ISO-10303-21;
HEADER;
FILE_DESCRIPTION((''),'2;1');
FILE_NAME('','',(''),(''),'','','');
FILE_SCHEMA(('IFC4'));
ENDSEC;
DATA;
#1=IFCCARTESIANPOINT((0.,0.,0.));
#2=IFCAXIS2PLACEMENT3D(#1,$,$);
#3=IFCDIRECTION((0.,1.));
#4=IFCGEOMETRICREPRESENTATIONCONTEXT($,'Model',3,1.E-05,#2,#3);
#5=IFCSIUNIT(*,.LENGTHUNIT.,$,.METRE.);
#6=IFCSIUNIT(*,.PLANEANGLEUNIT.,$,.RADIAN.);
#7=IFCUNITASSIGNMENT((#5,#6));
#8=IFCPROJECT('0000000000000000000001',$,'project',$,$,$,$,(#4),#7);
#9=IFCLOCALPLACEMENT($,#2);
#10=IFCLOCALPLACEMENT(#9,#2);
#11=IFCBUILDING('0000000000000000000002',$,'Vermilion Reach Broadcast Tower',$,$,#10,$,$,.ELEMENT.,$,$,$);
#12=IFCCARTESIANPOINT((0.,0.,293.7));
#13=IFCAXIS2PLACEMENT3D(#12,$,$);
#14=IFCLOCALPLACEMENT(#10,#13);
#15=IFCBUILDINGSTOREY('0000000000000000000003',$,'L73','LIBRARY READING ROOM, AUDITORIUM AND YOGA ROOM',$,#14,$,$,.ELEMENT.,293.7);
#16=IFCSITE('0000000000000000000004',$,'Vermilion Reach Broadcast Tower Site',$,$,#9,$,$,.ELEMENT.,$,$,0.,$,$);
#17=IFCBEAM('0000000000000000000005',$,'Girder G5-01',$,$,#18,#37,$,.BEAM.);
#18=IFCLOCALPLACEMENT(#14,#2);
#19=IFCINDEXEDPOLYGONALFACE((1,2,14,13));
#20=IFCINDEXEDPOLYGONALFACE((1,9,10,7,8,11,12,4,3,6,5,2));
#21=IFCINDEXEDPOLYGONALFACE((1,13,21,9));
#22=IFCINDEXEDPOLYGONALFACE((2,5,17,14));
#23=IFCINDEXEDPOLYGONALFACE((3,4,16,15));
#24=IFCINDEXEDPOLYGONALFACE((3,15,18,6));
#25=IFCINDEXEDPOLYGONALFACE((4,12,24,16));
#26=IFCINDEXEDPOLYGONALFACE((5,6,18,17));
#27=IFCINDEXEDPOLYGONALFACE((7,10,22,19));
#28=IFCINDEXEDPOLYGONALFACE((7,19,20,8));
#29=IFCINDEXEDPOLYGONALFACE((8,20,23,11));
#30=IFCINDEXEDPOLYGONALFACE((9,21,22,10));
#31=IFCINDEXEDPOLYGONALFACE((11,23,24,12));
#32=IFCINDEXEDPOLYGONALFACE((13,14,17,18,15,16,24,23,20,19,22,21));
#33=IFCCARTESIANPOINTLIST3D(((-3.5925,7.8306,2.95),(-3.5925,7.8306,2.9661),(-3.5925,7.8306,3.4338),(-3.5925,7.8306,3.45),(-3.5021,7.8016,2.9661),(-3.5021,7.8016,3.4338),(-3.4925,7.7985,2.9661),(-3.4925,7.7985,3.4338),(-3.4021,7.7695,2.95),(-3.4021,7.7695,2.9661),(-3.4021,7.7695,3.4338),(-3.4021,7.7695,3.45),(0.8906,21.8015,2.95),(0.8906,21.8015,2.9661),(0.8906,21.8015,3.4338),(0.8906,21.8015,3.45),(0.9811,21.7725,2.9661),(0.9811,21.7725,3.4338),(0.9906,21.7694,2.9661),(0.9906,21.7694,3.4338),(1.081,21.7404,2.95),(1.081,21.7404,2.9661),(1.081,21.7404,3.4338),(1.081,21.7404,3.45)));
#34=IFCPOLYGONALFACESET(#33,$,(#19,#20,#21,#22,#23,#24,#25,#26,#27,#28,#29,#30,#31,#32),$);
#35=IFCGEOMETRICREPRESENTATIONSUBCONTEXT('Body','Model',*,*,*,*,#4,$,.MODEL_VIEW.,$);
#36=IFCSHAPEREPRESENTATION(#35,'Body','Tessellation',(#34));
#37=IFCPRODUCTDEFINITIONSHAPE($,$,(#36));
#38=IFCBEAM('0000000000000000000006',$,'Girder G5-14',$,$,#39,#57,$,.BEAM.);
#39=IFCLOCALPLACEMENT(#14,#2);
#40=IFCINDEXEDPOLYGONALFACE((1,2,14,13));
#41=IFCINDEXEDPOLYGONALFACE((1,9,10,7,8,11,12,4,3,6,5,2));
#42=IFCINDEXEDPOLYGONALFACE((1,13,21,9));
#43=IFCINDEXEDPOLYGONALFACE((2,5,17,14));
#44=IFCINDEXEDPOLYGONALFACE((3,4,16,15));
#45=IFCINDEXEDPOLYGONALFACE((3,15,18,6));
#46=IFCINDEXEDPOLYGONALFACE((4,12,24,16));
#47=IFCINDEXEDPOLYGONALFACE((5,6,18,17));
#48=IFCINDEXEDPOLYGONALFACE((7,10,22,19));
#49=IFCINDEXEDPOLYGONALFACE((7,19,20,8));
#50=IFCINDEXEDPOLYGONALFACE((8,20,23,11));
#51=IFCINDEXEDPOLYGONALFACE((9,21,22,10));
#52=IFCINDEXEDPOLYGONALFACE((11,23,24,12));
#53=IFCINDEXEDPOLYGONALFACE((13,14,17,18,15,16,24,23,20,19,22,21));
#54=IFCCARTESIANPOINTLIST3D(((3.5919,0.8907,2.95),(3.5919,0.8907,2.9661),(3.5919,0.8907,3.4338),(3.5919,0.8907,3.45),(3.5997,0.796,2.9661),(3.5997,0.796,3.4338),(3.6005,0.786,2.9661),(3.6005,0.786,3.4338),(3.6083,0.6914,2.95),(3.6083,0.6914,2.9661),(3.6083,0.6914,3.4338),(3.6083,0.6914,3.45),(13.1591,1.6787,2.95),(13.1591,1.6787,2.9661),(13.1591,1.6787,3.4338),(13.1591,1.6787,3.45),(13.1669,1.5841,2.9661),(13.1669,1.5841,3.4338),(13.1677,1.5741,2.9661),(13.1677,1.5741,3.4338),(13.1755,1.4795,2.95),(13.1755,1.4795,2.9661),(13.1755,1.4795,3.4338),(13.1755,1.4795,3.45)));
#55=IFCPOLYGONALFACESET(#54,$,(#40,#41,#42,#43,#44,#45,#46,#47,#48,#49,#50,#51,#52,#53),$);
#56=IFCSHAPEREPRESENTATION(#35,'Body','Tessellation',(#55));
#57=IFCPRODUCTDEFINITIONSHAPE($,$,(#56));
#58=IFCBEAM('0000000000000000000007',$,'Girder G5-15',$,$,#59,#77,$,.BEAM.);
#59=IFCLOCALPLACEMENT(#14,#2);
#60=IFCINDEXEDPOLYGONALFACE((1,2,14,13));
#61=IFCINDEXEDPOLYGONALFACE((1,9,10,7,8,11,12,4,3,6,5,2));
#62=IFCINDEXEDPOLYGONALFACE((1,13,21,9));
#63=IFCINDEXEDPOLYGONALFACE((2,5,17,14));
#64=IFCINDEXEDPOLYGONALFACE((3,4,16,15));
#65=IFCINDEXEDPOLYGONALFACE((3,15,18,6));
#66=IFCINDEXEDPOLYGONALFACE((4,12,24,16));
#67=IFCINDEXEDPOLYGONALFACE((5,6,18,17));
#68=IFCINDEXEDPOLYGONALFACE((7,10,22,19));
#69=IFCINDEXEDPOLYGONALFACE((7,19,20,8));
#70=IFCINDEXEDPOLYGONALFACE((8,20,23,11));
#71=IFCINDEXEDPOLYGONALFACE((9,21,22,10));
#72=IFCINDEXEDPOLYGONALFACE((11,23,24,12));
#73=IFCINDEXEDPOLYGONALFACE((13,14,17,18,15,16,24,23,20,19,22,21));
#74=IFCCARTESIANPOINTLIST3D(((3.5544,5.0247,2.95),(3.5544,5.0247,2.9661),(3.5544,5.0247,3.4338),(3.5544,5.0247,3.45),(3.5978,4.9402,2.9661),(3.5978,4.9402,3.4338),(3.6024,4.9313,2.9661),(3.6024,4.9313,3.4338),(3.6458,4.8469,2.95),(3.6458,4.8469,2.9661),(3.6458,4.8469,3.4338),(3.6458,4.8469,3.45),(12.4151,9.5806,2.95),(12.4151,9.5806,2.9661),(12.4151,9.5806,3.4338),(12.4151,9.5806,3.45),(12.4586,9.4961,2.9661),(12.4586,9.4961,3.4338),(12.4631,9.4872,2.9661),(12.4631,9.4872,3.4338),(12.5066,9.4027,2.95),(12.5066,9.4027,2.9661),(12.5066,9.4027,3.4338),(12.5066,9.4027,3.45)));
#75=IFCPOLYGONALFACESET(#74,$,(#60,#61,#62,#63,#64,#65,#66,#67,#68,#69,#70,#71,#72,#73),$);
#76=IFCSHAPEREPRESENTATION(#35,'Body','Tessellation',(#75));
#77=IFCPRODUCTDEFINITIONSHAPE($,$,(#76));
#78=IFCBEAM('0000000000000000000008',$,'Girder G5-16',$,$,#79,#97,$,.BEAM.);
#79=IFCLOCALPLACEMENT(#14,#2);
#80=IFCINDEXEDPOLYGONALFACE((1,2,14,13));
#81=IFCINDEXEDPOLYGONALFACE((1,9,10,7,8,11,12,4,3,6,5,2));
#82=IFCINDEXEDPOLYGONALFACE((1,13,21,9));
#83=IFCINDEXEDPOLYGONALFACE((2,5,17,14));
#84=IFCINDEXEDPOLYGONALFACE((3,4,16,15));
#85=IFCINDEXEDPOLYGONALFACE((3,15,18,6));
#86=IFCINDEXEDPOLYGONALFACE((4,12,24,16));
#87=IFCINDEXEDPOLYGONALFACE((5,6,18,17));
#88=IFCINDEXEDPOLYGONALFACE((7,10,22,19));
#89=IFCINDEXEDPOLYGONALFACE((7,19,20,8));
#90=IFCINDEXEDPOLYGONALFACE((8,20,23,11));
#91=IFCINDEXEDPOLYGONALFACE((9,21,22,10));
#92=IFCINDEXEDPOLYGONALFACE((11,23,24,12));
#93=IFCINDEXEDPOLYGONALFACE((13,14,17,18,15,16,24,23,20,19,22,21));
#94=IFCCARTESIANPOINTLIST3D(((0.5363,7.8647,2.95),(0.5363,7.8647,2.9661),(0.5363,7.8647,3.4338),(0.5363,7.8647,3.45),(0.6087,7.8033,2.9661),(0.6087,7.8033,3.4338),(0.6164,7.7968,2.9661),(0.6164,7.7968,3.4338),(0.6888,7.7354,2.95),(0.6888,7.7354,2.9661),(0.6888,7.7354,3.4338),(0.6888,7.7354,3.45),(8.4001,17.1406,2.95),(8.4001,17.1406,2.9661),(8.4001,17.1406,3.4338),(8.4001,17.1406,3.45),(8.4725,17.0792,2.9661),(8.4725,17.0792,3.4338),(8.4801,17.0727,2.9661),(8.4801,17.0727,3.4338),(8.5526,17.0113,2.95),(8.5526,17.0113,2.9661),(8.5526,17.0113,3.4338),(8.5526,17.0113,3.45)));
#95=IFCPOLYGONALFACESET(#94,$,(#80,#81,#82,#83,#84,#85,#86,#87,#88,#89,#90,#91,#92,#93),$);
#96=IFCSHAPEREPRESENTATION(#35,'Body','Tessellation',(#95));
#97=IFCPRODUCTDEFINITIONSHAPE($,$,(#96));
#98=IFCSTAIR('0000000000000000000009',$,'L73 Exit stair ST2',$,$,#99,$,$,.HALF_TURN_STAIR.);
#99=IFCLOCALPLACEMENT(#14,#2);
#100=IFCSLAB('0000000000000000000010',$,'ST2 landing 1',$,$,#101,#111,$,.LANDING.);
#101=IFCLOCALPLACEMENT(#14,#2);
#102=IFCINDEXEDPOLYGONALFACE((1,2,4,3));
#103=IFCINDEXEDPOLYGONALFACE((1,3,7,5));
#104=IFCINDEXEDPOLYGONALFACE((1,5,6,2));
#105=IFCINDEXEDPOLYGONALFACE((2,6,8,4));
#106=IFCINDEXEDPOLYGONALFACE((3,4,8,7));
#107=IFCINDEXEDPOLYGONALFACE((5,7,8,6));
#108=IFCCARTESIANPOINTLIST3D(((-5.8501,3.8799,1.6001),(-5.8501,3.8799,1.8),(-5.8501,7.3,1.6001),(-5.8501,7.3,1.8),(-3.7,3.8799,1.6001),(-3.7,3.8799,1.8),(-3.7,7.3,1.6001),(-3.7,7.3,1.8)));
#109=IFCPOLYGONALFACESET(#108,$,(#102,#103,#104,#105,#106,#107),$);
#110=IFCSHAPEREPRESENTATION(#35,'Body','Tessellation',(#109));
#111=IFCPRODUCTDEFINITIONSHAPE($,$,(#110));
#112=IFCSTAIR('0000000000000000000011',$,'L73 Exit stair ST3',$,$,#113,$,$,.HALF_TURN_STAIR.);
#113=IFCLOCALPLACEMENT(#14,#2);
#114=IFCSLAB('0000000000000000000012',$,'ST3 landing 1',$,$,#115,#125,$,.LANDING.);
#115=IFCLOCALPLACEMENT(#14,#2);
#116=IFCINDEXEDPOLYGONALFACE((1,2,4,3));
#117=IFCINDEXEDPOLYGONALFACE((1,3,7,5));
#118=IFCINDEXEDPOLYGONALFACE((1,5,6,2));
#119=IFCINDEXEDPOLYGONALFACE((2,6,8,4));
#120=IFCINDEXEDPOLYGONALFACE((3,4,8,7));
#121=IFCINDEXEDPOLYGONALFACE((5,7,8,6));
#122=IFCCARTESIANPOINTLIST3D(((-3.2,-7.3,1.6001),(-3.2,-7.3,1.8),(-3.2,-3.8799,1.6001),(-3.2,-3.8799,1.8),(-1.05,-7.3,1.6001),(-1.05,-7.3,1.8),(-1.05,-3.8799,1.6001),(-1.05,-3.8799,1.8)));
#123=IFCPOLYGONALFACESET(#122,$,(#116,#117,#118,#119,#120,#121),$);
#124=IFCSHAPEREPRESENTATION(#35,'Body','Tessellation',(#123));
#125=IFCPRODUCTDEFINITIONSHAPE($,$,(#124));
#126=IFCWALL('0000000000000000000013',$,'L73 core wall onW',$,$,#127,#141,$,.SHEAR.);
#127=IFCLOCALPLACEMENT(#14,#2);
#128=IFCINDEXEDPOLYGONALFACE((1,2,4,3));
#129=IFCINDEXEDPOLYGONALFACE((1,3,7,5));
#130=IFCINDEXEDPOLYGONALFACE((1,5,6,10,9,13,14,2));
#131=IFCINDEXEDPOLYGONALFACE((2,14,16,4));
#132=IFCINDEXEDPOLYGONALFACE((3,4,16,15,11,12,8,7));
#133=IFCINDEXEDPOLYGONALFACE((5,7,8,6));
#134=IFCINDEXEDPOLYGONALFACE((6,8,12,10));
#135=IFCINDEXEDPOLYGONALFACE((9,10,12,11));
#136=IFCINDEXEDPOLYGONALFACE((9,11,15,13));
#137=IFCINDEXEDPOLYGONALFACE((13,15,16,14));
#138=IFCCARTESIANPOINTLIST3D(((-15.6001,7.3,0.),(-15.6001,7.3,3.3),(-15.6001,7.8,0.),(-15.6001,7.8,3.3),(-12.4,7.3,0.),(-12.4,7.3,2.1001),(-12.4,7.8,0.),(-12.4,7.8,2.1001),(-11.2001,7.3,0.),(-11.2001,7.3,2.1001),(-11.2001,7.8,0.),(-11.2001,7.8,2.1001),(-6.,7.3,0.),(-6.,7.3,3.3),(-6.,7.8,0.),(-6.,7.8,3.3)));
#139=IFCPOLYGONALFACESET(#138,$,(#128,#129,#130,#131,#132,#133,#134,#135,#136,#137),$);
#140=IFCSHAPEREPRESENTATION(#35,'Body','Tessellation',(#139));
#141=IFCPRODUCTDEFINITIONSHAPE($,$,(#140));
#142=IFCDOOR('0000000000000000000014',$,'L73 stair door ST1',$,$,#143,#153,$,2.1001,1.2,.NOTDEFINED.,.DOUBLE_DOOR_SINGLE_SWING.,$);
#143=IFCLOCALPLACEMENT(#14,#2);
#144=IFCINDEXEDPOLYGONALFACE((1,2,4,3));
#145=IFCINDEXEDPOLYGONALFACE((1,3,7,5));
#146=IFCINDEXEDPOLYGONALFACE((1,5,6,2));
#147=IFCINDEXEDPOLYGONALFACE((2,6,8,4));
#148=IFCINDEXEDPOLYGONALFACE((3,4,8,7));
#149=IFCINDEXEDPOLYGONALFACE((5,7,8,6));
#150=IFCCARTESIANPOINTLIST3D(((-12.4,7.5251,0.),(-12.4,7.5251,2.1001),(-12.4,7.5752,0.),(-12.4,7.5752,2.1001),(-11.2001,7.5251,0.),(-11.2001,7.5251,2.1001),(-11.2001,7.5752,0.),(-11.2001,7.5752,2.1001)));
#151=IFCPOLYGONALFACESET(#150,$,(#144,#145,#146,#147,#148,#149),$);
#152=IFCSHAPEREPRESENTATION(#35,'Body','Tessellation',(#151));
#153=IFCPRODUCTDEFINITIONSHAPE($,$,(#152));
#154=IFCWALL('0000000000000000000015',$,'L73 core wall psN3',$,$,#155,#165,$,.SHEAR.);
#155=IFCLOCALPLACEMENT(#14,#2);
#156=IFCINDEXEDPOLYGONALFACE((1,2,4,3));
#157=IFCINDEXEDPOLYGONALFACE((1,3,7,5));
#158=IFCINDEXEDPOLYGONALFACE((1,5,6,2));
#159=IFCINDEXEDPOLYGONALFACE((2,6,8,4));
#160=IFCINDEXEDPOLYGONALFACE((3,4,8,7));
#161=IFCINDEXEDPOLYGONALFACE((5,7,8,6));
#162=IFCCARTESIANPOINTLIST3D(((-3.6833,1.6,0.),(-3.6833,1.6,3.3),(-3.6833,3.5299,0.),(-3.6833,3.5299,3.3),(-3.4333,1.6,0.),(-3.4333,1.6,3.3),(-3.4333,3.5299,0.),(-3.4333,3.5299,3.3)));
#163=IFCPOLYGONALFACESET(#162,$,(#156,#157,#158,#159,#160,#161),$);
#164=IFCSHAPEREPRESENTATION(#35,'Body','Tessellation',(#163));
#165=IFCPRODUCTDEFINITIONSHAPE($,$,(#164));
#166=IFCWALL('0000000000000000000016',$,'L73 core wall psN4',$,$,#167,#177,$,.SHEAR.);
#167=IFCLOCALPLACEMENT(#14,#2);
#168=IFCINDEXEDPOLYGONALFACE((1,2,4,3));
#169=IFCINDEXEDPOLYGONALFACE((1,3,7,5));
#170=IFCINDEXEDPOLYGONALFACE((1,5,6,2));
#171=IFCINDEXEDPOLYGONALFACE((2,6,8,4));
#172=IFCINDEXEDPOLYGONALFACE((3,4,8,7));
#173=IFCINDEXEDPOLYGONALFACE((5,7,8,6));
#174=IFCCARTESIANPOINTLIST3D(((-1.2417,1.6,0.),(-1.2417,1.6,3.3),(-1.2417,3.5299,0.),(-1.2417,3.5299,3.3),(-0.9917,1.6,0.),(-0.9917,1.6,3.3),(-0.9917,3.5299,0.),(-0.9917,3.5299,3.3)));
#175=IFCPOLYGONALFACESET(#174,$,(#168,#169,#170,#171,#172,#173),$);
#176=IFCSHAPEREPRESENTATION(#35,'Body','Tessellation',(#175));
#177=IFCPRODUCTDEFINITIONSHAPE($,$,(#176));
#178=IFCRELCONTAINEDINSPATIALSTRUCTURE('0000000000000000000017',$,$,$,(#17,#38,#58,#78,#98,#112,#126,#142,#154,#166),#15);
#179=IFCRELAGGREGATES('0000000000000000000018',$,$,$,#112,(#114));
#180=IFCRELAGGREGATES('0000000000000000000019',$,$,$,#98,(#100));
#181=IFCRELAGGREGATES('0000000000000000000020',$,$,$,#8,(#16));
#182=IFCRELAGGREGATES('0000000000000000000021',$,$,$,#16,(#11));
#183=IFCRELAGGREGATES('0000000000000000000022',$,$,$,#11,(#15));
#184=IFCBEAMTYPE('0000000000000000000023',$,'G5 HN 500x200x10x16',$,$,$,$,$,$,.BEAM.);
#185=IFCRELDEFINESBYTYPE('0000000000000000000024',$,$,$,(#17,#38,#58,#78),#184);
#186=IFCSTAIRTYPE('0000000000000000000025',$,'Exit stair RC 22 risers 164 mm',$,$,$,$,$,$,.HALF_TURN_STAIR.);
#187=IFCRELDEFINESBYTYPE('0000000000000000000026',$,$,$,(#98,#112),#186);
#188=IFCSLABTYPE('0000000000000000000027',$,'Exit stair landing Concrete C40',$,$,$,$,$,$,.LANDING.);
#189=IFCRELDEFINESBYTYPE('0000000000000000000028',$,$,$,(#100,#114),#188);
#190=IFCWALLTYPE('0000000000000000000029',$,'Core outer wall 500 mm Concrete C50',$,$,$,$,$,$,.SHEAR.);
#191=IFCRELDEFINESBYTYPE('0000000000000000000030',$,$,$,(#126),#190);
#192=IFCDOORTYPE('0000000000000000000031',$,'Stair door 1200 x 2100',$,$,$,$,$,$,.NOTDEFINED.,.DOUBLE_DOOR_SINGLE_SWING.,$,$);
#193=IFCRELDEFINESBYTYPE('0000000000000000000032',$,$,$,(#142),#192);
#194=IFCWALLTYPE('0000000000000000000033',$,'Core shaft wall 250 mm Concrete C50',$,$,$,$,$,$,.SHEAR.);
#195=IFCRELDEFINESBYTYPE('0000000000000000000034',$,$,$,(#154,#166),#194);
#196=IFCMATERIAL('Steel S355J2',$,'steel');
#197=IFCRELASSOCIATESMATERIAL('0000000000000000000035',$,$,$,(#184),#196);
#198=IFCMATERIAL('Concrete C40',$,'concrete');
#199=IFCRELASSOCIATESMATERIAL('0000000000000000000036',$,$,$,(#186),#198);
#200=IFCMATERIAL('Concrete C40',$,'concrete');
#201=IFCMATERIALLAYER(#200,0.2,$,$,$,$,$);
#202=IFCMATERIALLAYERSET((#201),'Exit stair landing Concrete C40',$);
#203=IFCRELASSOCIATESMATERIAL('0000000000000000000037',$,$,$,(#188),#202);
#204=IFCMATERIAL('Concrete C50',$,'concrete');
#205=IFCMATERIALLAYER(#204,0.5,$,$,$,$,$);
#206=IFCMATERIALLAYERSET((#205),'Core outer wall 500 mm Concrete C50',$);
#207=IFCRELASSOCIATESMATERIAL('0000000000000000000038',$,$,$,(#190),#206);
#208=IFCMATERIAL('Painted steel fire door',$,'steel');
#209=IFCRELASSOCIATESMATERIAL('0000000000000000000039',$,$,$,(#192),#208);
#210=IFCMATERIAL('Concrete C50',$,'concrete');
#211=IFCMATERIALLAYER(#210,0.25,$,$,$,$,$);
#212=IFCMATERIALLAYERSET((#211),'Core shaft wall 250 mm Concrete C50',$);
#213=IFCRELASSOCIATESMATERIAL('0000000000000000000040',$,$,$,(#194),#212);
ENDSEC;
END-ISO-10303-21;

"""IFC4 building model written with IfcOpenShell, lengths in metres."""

from ifc_helpers import new_model, si_unit, direction, frame, frame_2d, origin, origin_2d, place, context, subcontext, project, spatial, polyline, rectangle, i_section, outline, extrude, material, layer, layer_set, material_profile, profile_set, type_object, element, fill, aggregate, save


model = new_model("IFC4")

# Units and contexts
model_context = context("Model", 3, precision=1e-05, world=origin(), true_north=direction((0.0, 1.0)))
body_context = subcontext(model_context, "Body", "Model", "MODEL_VIEW")
ifc_project = project(units=[si_unit("LENGTHUNIT", "METRE"), si_unit("PLANEANGLEUNIT", "RADIAN")], contexts=[model_context])

# Site, building, storey
site_placement = place(None, origin())
site = spatial("IfcSite", under=ifc_project, at=site_placement, Name="Vermilion Reach Broadcast Tower Site", CompositionType="ELEMENT", RefElevation=0.0)
building_placement = place(site_placement, origin())
building = spatial("IfcBuilding", under=site, at=building_placement, Name="Vermilion Reach Broadcast Tower", CompositionType="ELEMENT")
storey_placement = place(building_placement, frame((0.0, 0.0, 293.7)))
storey = spatial("IfcBuildingStorey", under=building, at=storey_placement, Name="L73", Description="LIBRARY READING ROOM, AUDITORIUM AND YOGA ROOM", CompositionType="ELEMENT", Elevation=293.7)

# Beams
ifc_material_1 = material(Name="Steel S355J2", Category="steel")
ifc_material_profile = material_profile(ifc_material_1, i_section(OverallWidth=0.2, OverallDepth=0.5, WebThickness=0.01, FlangeThickness=0.0161, at=origin_2d()), Name="S355J2 HN 500x200x10x16")
ifc_profile_set = profile_set([ifc_material_profile], Name="Steel S355J2")
beam_type = type_object("IfcBeamType", Name="G5 HN 500x200x10x16", PredefinedType="BEAM", material=ifc_profile_set)
beam_1_placement = place(storey_placement, frame((-3.4973, 7.8, 3.2), z_axis=(0.305545, 0.952178, 0.0), x_axis=(-0.952178, 0.305545, 0.0)))
element("IfcBeam", 1, at=beam_1_placement, inside=storey, type_object=beam_type, Name="Girder G5-01", PredefinedType="BEAM", context=body_context, shape_type="SweptSolid", body=[
    extrude(i_section(OverallWidth=0.2, OverallDepth=0.5, WebThickness=0.01, FlangeThickness=0.0161, at=origin_2d()), origin(), (0.0, 0.0, 1.0), 14.6726),
])
beam_2_placement = place(storey_placement, frame((3.6001, 0.791, 3.2), z_axis=(0.996624, 0.082096, 0.0), x_axis=(-0.082096, 0.996624, 0.0)))
element("IfcBeam", 2, at=beam_2_placement, inside=storey, type_object=beam_type, Name="Girder G5-14", PredefinedType="BEAM", context=body_context, shape_type="SweptSolid", body=[
    extrude(i_section(OverallWidth=0.2, OverallDepth=0.5, WebThickness=0.01, FlangeThickness=0.0161, at=origin_2d()), origin(), (0.0, 0.0, 1.0), 9.5996),
])
beam_3_placement = place(storey_placement, frame((3.6001, 4.9358, 3.2), z_axis=(0.889333, 0.457261, 0.0), x_axis=(-0.457261, 0.889333, 0.0)))
element("IfcBeam", 3, at=beam_3_placement, inside=storey, type_object=beam_type, Name="Girder G5-15", PredefinedType="BEAM", context=body_context, shape_type="SweptSolid", body=[
    extrude(i_section(OverallWidth=0.2, OverallDepth=0.5, WebThickness=0.01, FlangeThickness=0.0161, at=origin_2d()), origin(), (0.0, 0.0, 1.0), 9.9634),
])
beam_4_placement = place(storey_placement, frame((0.6125, 7.8, 3.2), z_axis=(0.646658, 0.76278, 0.0), x_axis=(-0.76278, 0.646658, 0.0)))
element("IfcBeam", 4, at=beam_4_placement, inside=storey, type_object=beam_type, Name="Girder G5-16", PredefinedType="BEAM", context=body_context, shape_type="SweptSolid", body=[
    extrude(i_section(OverallWidth=0.2, OverallDepth=0.5, WebThickness=0.01, FlangeThickness=0.0161, at=origin_2d()), origin(), (0.0, 0.0, 1.0), 12.1606),
])

# Stairs, slabs
ifc_material_2 = material(Name="Concrete C40", Category="concrete")
stair_type = type_object("IfcStairType", Name="Exit stair RC 22 risers 164 mm", PredefinedType="HALF_TURN_STAIR", material=ifc_material_2)
placement_1 = place(storey_placement, origin())
stair_1 = element("IfcStair", 5, at=placement_1, inside=storey, type_object=stair_type, Name="L73 Exit stair ST2", PredefinedType="HALF_TURN_STAIR")
ifc_material_3 = material(Name="Concrete C40", Category="concrete")
ifc_layer_1 = layer(ifc_material_3, 0.2)
ifc_layer_set_1 = layer_set([ifc_layer_1], Name="Exit stair landing Concrete C40")
slab_type = type_object("IfcSlabType", Name="Exit stair landing Concrete C40", PredefinedType="LANDING", material=ifc_layer_set_1)
placement_2 = place(storey_placement, frame((0.0, 0.0, 1.6001)))
slab_1 = element("IfcSlab", 6, at=placement_2, type_object=slab_type, Name="ST2 landing 1", PredefinedType="LANDING", context=body_context, shape_type="SweptSolid", body=[
    extrude(outline(polyline([(-3.7, 7.3), (-5.8501, 7.3), (-5.8501, 3.8799), (-3.7, 3.8799), (-3.7, 7.3)])), origin(), (0.0, 0.0, 1.0), 0.2),
])
stair_2 = element("IfcStair", 7, at=placement_1, inside=storey, type_object=stair_type, Name="L73 Exit stair ST3", PredefinedType="HALF_TURN_STAIR")
slab_2 = element("IfcSlab", 8, at=placement_2, type_object=slab_type, Name="ST3 landing 1", PredefinedType="LANDING", context=body_context, shape_type="SweptSolid", body=[
    extrude(outline(polyline([(-3.2, -7.3), (-1.05, -7.3), (-1.05, -3.8799), (-3.2, -3.8799), (-3.2, -7.3)])), origin(), (0.0, 0.0, 1.0), 0.2),
])
aggregate(stair_2, [slab_2])

# Wall, opening, door
ifc_material_4 = material(Name="Concrete C50", Category="concrete")
ifc_layer_2 = layer(ifc_material_4, 0.5)
ifc_layer_set_2 = layer_set([ifc_layer_2], Name="Core outer wall 500 mm Concrete C50")
wall_type_1 = type_object("IfcWallType", Name="Core outer wall 500 mm Concrete C50", PredefinedType="SHEAR", material=ifc_layer_set_2)
wall_placement = place(storey_placement, frame((-6.0, 7.55, 0.0), z_axis=(0.0, 0.0, 1.0), x_axis=(-1.0, 0.0, 0.0)))
wall = element("IfcWall", 9, at=wall_placement, inside=storey, type_object=wall_type_1, Name="L73 core wall onW", PredefinedType="SHEAR", context=body_context, shape_type="SweptSolid", body=[
    extrude(rectangle(XDim=9.6001, YDim=0.5, at=frame_2d((4.8, 0.0))), origin(), (0.0, 0.0, 1.0), 3.3),
])
opening_placement = place(wall_placement, frame((5.2, 0.0, 0.0)))
opening = element("IfcOpeningElement", 10, at=opening_placement, cuts=wall, PredefinedType="OPENING", context=body_context, shape_type="SweptSolid", body=[
    extrude(rectangle(XDim=1.2, YDim=2.1001, at=frame_2d((0.6001, 1.05))), frame((0.0, 0.26, 0.0), z_axis=(0.0, -1.0, 0.0), x_axis=(1.0, 0.0, 0.0)), (0.0, 0.0, 1.0), 0.52),
])
ifc_material_5 = material(Name="Painted steel fire door", Category="steel")
door_type = type_object("IfcDoorType", Name="Stair door 1200 x 2100", OperationType="DOUBLE_DOOR_SINGLE_SWING", PredefinedType="NOTDEFINED", material=ifc_material_5)
door_placement = place(opening_placement, origin())
door = element("IfcDoor", 11, at=door_placement, inside=storey, type_object=door_type, Name="L73 stair door ST1", OperationType="DOUBLE_DOOR_SINGLE_SWING", OverallHeight=2.1001, OverallWidth=1.2, PredefinedType="NOTDEFINED", context=body_context, shape_type="SweptSolid", body=[
    extrude(rectangle(XDim=1.2, YDim=2.1001, at=frame_2d((0.6001, 1.05))), frame((0.0, 0.0249, 0.0), z_axis=(0.0, -1.0, 0.0), x_axis=(1.0, 0.0, 0.0)), (0.0, 0.0, 1.0), 0.05),
])
fill(opening, door)

# Walls
ifc_material_6 = material(Name="Concrete C50", Category="concrete")
ifc_layer_3 = layer(ifc_material_6, 0.25)
ifc_layer_set_3 = layer_set([ifc_layer_3], Name="Core shaft wall 250 mm Concrete C50")
wall_type_2 = type_object("IfcWallType", Name="Core shaft wall 250 mm Concrete C50", PredefinedType="SHEAR", material=ifc_layer_set_3)
for number, where, z_axis, x_axis, name in (
    (12, (-3.5583, 1.6001, 0.0), (0.0, 0.0, 1.0), (0.0, 1.0, 0.0), "L73 core wall psN3"),
    (13, (-1.1167, 1.6001, 0.0), (0.0, 0.0, 1.0), (0.0, 1.0, 0.0), "L73 core wall psN4"),
):
    element("IfcWall", number, at=place(storey_placement, frame(where, z_axis=z_axis, x_axis=x_axis)), inside=storey, type_object=wall_type_2, Name=name, PredefinedType="SHEAR", context=body_context, shape_type="SweptSolid", body=[
        extrude(rectangle(XDim=1.9299, YDim=0.25, at=frame_2d((0.9648, 0.0))), origin(), (0.0, 0.0, 1.0), 3.3),
    ])

aggregate(stair_1, [slab_1])

save(model, "model.ifc")
